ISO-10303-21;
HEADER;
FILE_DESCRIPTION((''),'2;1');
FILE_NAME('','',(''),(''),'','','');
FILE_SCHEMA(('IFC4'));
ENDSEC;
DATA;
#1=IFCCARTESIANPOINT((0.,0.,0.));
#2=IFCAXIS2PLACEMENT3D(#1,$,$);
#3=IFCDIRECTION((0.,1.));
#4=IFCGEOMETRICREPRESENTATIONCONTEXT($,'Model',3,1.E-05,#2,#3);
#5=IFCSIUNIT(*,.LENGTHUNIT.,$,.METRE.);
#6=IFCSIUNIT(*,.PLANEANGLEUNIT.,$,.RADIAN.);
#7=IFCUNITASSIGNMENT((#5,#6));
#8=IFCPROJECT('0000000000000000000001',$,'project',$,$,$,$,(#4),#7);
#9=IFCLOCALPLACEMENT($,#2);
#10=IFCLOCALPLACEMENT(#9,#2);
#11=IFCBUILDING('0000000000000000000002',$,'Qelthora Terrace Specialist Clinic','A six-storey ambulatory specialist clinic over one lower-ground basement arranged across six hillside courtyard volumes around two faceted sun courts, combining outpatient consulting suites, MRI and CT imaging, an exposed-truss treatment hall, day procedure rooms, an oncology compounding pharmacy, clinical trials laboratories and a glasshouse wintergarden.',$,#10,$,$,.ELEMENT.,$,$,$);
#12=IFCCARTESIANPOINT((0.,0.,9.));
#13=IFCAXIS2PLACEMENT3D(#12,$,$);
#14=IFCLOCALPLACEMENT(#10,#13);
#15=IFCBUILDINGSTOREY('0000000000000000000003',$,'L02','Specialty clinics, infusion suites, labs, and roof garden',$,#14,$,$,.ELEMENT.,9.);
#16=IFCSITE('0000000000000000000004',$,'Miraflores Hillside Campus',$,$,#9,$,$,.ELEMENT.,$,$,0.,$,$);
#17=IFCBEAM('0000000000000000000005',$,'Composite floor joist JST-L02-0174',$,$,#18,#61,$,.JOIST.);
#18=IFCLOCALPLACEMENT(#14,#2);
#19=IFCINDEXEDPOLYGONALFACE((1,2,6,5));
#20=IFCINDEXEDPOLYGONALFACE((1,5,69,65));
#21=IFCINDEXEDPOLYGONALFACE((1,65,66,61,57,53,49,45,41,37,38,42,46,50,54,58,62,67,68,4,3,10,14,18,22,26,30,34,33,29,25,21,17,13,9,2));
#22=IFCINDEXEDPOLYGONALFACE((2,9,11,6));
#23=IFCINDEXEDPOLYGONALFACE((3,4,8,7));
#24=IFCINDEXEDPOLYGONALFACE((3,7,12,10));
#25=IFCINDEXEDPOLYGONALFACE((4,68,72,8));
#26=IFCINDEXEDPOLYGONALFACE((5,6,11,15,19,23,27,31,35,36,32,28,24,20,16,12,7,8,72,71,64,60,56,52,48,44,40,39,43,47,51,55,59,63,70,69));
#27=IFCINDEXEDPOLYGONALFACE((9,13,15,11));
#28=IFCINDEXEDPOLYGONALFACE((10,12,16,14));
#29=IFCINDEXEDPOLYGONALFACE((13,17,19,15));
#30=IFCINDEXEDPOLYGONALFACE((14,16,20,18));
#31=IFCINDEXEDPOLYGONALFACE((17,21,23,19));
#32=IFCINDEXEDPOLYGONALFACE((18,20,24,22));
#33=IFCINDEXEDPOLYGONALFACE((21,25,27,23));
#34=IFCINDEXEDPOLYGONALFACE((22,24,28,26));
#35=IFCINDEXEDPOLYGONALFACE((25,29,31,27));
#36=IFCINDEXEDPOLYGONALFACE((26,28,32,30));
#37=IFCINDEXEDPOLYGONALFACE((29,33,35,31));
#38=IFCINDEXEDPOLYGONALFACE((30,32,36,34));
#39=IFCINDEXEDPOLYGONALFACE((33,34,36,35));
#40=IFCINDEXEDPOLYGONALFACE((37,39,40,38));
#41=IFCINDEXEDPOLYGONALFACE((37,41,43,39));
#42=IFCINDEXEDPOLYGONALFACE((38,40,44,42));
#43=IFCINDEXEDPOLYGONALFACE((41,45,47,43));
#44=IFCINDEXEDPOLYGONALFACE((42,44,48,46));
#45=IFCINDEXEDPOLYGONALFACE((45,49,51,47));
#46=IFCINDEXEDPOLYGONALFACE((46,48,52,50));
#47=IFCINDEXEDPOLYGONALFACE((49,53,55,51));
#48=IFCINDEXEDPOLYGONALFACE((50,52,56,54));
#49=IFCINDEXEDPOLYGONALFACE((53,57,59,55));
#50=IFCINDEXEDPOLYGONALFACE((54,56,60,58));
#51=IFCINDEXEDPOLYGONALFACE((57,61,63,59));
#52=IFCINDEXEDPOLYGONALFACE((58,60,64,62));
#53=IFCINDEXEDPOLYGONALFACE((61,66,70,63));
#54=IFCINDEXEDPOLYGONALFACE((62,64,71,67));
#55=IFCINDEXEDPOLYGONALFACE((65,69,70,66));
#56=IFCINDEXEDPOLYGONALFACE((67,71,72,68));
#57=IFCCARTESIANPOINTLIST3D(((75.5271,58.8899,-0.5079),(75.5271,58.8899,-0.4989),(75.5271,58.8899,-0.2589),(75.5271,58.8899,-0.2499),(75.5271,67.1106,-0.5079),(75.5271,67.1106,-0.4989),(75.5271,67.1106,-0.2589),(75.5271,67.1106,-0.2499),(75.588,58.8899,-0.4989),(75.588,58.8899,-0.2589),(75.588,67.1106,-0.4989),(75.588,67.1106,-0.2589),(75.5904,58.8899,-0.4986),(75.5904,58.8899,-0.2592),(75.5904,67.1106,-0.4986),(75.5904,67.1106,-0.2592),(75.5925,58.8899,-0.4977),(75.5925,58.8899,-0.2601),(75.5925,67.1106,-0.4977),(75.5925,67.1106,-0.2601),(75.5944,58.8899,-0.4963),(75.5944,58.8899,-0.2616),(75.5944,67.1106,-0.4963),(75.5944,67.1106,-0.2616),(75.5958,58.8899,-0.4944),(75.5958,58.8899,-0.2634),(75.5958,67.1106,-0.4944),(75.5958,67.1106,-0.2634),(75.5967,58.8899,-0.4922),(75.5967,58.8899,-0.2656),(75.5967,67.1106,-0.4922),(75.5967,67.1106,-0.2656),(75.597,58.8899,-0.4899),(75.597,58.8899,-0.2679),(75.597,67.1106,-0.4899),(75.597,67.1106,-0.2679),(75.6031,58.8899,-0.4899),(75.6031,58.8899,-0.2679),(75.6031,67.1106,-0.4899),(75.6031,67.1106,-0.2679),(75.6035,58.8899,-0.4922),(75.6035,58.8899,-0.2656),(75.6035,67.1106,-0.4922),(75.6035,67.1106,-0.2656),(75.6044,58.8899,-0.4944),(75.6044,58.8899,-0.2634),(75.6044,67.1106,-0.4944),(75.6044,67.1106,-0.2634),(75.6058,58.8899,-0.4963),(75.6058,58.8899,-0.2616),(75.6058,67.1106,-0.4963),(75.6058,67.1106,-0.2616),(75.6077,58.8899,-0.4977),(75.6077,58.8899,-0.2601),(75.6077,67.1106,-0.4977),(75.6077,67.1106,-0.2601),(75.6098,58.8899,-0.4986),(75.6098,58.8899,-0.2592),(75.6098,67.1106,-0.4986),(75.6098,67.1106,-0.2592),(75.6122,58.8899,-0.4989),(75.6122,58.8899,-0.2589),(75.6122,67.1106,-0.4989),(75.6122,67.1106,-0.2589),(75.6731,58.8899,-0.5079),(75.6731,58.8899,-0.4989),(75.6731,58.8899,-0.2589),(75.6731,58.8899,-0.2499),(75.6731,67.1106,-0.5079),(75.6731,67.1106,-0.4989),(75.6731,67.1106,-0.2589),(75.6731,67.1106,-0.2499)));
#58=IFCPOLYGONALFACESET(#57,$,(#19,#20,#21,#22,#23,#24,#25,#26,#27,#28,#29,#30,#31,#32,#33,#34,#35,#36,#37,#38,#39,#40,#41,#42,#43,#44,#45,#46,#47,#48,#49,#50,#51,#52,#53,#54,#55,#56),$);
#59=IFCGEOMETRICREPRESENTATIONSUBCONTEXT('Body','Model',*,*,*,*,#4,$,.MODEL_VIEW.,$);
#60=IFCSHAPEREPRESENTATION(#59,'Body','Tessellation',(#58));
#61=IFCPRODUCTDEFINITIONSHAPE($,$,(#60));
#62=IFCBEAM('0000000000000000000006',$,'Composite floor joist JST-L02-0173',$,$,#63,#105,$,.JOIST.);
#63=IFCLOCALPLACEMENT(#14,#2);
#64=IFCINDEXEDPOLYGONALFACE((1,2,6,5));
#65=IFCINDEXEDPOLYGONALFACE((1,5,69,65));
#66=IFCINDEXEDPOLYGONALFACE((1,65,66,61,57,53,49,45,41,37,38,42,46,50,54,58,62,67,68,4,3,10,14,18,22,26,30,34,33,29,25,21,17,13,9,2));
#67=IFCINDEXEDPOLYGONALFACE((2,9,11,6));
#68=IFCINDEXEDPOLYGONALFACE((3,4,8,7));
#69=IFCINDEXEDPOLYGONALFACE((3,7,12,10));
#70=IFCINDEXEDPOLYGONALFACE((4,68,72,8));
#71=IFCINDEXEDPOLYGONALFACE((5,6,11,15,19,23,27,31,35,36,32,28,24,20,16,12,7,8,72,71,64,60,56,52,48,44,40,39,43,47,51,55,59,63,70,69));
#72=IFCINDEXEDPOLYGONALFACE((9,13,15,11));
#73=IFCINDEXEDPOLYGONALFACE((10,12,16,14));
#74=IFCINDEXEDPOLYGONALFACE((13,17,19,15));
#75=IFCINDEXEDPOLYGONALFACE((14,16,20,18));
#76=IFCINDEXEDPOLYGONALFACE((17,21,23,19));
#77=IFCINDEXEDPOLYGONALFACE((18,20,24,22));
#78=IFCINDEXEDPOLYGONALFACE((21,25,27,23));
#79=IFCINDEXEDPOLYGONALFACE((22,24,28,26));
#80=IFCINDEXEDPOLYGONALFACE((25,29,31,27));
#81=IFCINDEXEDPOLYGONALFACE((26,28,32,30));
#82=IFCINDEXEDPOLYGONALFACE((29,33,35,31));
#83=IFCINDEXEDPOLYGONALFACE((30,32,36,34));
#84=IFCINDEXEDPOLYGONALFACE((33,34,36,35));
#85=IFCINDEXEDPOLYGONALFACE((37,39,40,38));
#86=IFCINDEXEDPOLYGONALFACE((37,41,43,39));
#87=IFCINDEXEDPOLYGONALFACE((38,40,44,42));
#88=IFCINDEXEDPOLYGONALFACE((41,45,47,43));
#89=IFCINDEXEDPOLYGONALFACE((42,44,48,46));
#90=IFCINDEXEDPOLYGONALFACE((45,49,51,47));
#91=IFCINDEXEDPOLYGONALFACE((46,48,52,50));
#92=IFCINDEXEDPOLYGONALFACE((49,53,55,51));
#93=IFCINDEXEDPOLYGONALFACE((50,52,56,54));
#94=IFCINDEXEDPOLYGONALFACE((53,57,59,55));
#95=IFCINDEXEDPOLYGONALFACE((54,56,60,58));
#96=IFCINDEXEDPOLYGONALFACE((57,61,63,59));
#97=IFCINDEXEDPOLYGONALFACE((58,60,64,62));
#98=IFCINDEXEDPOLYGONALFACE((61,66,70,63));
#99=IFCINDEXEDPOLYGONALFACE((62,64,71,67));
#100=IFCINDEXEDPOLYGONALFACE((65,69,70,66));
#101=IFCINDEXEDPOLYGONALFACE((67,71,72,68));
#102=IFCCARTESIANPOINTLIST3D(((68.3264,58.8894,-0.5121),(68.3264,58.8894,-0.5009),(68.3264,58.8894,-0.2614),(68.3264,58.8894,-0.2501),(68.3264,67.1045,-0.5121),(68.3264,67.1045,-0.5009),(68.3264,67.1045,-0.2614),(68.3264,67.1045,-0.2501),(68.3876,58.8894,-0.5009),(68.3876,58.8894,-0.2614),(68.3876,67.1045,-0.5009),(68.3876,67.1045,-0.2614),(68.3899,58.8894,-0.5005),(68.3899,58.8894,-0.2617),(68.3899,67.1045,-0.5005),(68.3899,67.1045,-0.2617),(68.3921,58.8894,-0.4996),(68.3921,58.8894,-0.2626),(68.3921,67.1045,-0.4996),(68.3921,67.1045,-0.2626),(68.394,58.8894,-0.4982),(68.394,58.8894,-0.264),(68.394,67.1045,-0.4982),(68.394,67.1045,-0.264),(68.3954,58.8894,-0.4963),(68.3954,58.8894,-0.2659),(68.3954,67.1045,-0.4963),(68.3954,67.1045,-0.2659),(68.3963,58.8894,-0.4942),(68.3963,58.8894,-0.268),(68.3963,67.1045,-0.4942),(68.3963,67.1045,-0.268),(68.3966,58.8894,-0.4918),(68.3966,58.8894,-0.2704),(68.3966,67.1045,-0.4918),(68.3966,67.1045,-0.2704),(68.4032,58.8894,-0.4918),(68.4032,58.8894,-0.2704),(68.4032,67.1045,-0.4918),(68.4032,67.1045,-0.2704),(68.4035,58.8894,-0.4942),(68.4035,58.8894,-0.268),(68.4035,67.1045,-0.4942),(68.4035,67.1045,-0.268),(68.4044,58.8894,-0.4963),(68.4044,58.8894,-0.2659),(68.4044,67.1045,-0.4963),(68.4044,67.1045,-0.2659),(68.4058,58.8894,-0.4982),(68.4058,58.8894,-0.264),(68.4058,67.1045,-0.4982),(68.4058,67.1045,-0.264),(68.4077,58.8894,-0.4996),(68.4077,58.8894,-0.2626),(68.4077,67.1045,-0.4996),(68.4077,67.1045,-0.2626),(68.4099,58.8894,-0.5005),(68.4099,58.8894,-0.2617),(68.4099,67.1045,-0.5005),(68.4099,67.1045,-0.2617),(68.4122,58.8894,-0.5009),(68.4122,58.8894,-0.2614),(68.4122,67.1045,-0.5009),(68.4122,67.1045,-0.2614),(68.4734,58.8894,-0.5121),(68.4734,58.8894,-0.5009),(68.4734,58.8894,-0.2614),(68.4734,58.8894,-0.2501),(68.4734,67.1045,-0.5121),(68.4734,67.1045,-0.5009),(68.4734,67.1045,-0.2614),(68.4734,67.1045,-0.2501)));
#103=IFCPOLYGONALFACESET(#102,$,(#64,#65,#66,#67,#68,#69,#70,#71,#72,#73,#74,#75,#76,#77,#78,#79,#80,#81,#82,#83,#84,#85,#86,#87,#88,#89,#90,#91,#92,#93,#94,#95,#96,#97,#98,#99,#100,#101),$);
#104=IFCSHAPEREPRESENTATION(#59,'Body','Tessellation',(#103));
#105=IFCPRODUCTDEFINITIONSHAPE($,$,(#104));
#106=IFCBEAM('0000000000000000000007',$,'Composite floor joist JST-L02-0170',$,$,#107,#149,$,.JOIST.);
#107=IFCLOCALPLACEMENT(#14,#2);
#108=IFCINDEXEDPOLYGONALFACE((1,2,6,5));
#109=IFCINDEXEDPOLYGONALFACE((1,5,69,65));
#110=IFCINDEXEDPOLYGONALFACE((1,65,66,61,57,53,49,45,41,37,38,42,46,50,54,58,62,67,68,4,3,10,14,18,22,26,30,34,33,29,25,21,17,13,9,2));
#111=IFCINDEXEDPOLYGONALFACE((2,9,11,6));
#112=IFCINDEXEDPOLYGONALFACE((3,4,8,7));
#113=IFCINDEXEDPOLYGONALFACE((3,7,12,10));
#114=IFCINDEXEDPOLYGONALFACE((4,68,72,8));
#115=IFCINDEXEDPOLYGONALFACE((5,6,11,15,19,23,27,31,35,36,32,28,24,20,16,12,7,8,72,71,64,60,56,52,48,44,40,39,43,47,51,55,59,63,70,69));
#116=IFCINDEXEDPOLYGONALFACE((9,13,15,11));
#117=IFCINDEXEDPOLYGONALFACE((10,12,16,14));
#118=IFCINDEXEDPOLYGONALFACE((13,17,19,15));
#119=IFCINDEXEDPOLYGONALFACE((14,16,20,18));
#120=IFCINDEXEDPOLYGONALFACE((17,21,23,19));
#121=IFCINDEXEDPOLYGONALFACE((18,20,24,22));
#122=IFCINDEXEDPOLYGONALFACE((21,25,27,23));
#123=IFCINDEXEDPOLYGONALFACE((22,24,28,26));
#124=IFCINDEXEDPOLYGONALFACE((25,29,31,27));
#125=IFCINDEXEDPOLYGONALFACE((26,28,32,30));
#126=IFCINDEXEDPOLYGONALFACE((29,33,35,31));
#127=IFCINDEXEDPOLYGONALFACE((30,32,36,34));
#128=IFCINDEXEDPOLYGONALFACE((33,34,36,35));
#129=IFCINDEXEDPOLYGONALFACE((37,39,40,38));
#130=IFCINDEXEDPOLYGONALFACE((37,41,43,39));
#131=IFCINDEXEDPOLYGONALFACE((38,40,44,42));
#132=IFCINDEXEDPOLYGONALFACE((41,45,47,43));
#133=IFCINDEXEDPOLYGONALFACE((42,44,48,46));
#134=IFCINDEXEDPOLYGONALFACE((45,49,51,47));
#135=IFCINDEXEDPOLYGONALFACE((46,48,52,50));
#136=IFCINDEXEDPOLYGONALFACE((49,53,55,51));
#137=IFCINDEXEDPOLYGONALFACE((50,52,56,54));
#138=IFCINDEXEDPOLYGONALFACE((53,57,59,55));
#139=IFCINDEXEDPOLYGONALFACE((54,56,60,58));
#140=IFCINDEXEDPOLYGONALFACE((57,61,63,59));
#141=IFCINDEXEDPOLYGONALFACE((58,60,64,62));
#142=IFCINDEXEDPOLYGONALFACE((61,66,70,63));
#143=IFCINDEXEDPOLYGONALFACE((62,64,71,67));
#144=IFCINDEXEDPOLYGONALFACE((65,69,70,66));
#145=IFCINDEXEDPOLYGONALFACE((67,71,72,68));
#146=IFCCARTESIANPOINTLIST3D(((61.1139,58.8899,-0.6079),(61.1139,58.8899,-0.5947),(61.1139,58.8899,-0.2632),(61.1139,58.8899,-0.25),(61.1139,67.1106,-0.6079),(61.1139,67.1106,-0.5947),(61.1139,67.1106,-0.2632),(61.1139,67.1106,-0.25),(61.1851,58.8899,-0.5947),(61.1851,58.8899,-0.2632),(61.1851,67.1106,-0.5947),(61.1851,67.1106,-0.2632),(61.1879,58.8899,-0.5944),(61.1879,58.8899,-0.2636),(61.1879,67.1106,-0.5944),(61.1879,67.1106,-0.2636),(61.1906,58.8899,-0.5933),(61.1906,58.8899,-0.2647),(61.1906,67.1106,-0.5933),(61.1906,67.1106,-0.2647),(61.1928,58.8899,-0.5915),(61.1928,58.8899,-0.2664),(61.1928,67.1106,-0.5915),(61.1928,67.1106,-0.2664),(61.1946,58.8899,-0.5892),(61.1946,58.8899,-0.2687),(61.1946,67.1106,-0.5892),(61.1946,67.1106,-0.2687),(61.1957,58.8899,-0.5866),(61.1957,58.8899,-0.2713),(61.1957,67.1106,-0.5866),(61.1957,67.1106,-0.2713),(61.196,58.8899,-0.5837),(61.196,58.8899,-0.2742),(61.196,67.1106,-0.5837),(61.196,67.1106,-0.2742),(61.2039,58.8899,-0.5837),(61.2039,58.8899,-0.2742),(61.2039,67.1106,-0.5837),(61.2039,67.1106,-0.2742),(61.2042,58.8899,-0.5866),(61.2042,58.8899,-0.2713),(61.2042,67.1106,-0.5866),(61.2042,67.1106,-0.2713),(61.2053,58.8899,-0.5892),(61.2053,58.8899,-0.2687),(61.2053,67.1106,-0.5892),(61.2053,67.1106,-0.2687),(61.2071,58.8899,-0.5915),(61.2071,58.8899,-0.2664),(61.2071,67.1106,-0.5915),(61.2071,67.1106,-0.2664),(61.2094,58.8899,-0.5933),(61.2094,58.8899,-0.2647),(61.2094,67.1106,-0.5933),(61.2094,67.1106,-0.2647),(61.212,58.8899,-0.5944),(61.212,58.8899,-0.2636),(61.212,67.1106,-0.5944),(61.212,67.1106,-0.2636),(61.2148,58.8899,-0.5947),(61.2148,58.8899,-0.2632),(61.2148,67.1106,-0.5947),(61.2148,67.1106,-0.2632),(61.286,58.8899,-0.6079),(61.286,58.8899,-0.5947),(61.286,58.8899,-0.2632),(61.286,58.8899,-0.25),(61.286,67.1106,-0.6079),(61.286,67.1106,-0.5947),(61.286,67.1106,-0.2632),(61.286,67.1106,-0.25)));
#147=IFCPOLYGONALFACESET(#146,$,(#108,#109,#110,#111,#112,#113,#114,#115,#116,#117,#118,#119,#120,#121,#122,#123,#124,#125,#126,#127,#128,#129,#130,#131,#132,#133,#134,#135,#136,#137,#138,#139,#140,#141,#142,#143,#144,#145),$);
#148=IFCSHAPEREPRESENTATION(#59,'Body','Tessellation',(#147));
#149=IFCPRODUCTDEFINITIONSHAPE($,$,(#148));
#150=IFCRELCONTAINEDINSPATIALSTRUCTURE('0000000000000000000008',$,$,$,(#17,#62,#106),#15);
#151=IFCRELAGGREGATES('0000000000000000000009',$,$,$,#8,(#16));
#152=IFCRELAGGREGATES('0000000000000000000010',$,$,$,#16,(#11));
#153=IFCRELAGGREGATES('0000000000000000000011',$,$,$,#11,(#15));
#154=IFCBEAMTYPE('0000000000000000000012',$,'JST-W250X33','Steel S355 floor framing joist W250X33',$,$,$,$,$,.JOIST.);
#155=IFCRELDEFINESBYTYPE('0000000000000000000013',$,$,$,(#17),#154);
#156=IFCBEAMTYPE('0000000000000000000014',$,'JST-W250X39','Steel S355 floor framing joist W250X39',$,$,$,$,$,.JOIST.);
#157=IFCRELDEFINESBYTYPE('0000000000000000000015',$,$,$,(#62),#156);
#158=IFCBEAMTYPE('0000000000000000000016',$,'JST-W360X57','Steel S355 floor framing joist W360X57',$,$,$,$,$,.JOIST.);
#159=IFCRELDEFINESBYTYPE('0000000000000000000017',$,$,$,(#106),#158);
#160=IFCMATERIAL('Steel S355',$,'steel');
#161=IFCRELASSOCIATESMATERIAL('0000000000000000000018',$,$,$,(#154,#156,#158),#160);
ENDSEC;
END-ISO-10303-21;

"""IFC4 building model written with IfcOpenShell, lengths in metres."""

from ifc_helpers import new_model, si_unit, direction, frame, origin, origin_2d, place, context, subcontext, project, spatial, i_section, extrude, material, material_profile, profile_set, type_object, element, save


model = new_model("IFC4")

# Units and contexts
model_context = context("Model", 3, precision=1e-05, world=origin(), true_north=direction((0.0, 1.0)))
body_context = subcontext(model_context, "Body", "Model", "MODEL_VIEW")
ifc_project = project(units=[si_unit("LENGTHUNIT", "METRE"), si_unit("PLANEANGLEUNIT", "RADIAN")], contexts=[model_context])

# Site, building, storey
site_placement = place(None, origin())
site = spatial("IfcSite", under=ifc_project, at=site_placement, Name="Miraflores Hillside Campus", CompositionType="ELEMENT", RefElevation=0.0)
building_placement = place(site_placement, origin())
building = spatial("IfcBuilding", under=site, at=building_placement, Name="Qelthora Terrace Specialist Clinic", Description="A six-storey ambulatory specialist clinic over one lower-ground basement arranged across six hillside courtyard volumes around two faceted sun courts, combining outpatient consulting suites, MRI and CT imaging, an exposed-truss treatment hall, day procedure rooms, an oncology compounding pharmacy, clinical trials laboratories and a glasshouse wintergarden.", CompositionType="ELEMENT")
storey_placement = place(building_placement, frame((0.0, 0.0, 9.0)))
storey = spatial("IfcBuildingStorey", under=building, at=storey_placement, Name="L02", Description="Specialty clinics, infusion suites, labs, and roof garden", CompositionType="ELEMENT", Elevation=9.0)

# Shared definitions
ifc_material = material(Name="Steel S355", Category="steel")

# Beams
ifc_material_profile_1 = material_profile(ifc_material, i_section(OverallWidth=0.146, OverallDepth=0.2581, WebThickness=0.0061, FlangeThickness=0.009, FilletRadius=0.009, at=origin_2d()), Name="W250X33")
ifc_profile_set_1 = profile_set([ifc_material_profile_1], Name="Steel S355")
beam_type_1 = type_object("IfcBeamType", Name="JST-W250X33", Description="Steel S355 floor framing joist W250X33", PredefinedType="JOIST", material=ifc_profile_set_1)
beam_1_placement = place(storey_placement, frame((75.6001, 58.8899, -0.3789), z_axis=(0.0, 1.0, 0.0), x_axis=(-1.0, 0.0, 0.0)))
element("IfcBeam", 1, at=beam_1_placement, inside=storey, type_object=beam_type_1, Name="Composite floor joist JST-L02-0174", PredefinedType="JOIST", context=body_context, shape_type="SweptSolid", body=[
    extrude(i_section(OverallWidth=0.146, OverallDepth=0.2581, WebThickness=0.0061, FlangeThickness=0.009, FilletRadius=0.009, at=origin_2d()), origin(), (0.0, 0.0, 1.0), 8.2207),
])
ifc_material_profile_2 = material_profile(ifc_material, i_section(OverallWidth=0.147, OverallDepth=0.262, WebThickness=0.0066, FlangeThickness=0.0112, FilletRadius=0.009, at=origin_2d()), Name="W250X39")
ifc_profile_set_2 = profile_set([ifc_material_profile_2], Name="Steel S355")
beam_type_2 = type_object("IfcBeamType", Name="JST-W250X39", Description="Steel S355 floor framing joist W250X39", PredefinedType="JOIST", material=ifc_profile_set_2)
beam_2_placement = place(storey_placement, frame((68.3999, 58.8894, -0.3811), z_axis=(0.0, 1.0, 0.0), x_axis=(-1.0, 0.0, 0.0)))
element("IfcBeam", 2, at=beam_2_placement, inside=storey, type_object=beam_type_2, Name="Composite floor joist JST-L02-0173", PredefinedType="JOIST", context=body_context, shape_type="SweptSolid", body=[
    extrude(i_section(OverallWidth=0.147, OverallDepth=0.262, WebThickness=0.0066, FlangeThickness=0.0112, FilletRadius=0.009, at=origin_2d()), origin(), (0.0, 0.0, 1.0), 8.2151),
])
ifc_material_profile_3 = material_profile(ifc_material, i_section(OverallWidth=0.1721, OverallDepth=0.3579, WebThickness=0.0078, FlangeThickness=0.0132, FilletRadius=0.011, at=origin_2d()), Name="W360X57")
ifc_profile_set_3 = profile_set([ifc_material_profile_3], Name="Steel S355")
beam_type_3 = type_object("IfcBeamType", Name="JST-W360X57", Description="Steel S355 floor framing joist W360X57", PredefinedType="JOIST", material=ifc_profile_set_3)
beam_3_placement = place(storey_placement, frame((61.2, 58.8899, -0.429), z_axis=(0.0, 1.0, 0.0), x_axis=(-1.0, 0.0, 0.0)))
element("IfcBeam", 3, at=beam_3_placement, inside=storey, type_object=beam_type_3, Name="Composite floor joist JST-L02-0170", PredefinedType="JOIST", context=body_context, shape_type="SweptSolid", body=[
    extrude(i_section(OverallWidth=0.1721, OverallDepth=0.3579, WebThickness=0.0078, FlangeThickness=0.0132, FilletRadius=0.011, at=origin_2d()), origin(), (0.0, 0.0, 1.0), 8.2207),
])

save(model, "model.ifc")
